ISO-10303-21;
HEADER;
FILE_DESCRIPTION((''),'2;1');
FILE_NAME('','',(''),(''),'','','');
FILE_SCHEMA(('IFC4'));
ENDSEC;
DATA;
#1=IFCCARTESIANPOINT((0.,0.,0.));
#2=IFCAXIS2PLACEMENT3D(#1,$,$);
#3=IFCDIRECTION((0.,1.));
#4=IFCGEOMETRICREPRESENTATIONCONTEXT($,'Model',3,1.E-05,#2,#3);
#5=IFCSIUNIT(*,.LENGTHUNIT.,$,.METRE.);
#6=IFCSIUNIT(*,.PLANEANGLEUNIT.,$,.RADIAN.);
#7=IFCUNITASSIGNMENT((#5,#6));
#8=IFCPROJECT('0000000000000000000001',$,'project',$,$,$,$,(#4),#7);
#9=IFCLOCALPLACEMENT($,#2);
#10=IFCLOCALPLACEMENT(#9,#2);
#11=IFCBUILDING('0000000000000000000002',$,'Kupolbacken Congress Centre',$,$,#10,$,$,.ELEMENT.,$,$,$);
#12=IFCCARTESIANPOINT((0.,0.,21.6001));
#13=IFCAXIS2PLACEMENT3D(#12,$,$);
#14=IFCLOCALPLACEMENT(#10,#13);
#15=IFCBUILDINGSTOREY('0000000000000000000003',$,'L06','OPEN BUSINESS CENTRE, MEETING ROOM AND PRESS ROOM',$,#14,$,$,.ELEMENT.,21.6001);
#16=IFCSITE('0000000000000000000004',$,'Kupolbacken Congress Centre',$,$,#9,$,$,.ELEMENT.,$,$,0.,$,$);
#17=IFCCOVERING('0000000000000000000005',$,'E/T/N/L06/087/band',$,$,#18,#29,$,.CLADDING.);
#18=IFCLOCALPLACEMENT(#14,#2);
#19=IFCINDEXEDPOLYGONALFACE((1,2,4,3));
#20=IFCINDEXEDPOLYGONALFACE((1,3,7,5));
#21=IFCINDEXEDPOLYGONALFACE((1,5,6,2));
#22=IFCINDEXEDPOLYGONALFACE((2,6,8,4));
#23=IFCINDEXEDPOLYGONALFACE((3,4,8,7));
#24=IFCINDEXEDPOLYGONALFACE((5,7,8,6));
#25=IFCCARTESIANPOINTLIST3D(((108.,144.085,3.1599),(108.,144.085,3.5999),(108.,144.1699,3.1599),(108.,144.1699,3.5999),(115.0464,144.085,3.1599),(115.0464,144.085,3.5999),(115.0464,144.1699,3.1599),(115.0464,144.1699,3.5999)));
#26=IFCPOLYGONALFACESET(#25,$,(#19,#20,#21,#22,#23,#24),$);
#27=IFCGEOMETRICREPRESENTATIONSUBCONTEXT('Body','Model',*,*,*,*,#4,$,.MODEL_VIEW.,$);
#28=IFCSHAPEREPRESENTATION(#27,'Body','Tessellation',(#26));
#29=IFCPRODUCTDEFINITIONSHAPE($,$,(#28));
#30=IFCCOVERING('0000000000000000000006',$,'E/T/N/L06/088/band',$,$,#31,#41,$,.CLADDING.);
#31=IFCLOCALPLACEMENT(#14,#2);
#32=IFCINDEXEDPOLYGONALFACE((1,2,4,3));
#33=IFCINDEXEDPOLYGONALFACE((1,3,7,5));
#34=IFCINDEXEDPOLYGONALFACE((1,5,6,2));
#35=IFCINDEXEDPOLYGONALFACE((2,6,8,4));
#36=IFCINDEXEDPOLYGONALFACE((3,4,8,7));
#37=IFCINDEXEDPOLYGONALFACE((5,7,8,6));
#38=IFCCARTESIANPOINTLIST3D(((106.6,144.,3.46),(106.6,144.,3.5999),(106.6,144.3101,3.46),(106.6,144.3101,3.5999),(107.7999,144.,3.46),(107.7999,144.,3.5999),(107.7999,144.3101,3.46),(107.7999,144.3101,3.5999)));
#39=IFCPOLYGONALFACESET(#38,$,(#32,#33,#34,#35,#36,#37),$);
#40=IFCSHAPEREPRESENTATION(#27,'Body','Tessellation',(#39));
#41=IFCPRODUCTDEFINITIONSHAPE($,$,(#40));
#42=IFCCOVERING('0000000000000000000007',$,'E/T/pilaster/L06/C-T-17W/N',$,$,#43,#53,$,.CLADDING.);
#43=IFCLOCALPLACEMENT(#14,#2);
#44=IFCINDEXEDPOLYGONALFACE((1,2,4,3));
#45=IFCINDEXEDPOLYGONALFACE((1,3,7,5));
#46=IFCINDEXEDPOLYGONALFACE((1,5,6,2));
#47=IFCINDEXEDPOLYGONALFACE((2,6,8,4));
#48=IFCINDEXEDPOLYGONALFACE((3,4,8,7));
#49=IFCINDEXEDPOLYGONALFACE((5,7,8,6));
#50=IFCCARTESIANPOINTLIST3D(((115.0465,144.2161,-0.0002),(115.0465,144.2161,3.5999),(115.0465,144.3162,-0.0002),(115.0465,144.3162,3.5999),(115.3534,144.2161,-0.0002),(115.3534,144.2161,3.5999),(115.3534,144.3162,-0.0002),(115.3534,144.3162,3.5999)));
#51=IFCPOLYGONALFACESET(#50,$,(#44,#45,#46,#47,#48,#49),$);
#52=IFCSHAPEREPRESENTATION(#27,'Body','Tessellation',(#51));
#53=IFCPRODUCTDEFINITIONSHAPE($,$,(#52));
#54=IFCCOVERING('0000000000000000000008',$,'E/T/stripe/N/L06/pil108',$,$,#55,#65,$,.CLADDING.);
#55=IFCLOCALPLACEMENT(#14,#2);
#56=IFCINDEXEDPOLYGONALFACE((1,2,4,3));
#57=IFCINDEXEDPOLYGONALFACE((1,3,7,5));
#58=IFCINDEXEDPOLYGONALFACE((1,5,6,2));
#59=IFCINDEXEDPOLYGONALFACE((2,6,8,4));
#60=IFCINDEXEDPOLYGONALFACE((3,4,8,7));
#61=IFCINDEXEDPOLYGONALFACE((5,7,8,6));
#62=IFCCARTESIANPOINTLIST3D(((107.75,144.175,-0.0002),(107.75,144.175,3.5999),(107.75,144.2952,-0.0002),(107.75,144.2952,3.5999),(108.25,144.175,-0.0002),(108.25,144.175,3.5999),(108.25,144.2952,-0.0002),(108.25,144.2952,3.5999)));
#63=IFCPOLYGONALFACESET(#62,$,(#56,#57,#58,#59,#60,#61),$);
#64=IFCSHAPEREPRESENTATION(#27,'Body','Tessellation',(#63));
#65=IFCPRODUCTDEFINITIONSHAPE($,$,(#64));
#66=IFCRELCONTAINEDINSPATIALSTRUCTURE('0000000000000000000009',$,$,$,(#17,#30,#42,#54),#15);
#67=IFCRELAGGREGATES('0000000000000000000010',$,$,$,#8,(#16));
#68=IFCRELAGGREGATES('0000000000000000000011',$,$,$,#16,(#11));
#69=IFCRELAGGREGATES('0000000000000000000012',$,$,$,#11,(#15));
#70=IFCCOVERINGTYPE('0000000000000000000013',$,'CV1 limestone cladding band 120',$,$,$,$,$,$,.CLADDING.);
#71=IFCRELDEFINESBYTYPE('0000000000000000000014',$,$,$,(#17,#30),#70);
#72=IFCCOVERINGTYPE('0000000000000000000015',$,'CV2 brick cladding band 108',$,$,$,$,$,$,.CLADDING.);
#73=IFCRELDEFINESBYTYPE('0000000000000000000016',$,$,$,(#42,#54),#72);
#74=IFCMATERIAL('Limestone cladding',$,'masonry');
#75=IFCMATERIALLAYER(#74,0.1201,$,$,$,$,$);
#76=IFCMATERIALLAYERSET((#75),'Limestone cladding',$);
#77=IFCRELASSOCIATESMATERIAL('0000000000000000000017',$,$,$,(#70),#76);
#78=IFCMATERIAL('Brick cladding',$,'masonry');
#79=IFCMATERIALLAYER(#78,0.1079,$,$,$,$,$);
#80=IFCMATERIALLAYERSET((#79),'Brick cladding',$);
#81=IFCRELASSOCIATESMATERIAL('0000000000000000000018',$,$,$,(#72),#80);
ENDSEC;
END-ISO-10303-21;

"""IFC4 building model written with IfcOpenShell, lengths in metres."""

from ifc_helpers import new_model, si_unit, direction, frame, origin, origin_2d, place, context, subcontext, project, spatial, rectangle, extrude, material, layer, layer_set, type_object, element, save


model = new_model("IFC4")

# Units and contexts
model_context = context("Model", 3, precision=1e-05, world=origin(), true_north=direction((0.0, 1.0)))
body_context = subcontext(model_context, "Body", "Model", "MODEL_VIEW")
ifc_project = project(units=[si_unit("LENGTHUNIT", "METRE"), si_unit("PLANEANGLEUNIT", "RADIAN")], contexts=[model_context])

# Site, building, storey
site_placement = place(None, origin())
site = spatial("IfcSite", under=ifc_project, at=site_placement, Name="Kupolbacken Congress Centre", CompositionType="ELEMENT", RefElevation=0.0)
building_placement = place(site_placement, origin())
building = spatial("IfcBuilding", under=site, at=building_placement, Name="Kupolbacken Congress Centre", CompositionType="ELEMENT")
storey_placement = place(building_placement, frame((0.0, 0.0, 21.6001)))
storey = spatial("IfcBuildingStorey", under=building, at=storey_placement, Name="L06", Description="OPEN BUSINESS CENTRE, MEETING ROOM AND PRESS ROOM", CompositionType="ELEMENT", Elevation=21.6001)

# Coverings
ifc_material_1 = material(Name="Limestone cladding", Category="masonry")
ifc_layer_1 = layer(ifc_material_1, 0.1201)
ifc_layer_set_1 = layer_set([ifc_layer_1], Name="Limestone cladding")
covering_type_1 = type_object("IfcCoveringType", Name="CV1 limestone cladding band 120", PredefinedType="CLADDING", material=ifc_layer_set_1)
covering_1_placement = place(storey_placement, frame((111.5232, 144.1274, 3.1599), z_axis=(0.0, 0.0, 1.0), x_axis=(-1.0, 0.0, 0.0)))
element("IfcCovering", 1, at=covering_1_placement, inside=storey, type_object=covering_type_1, Name="E/T/N/L06/087/band", PredefinedType="CLADDING", context=body_context, shape_type="SweptSolid", body=[
    extrude(rectangle(XDim=7.0464, YDim=0.085, at=origin_2d()), origin(), (0.0, 0.0, 1.0), 0.4399),
])
covering_2_placement = place(storey_placement, frame((107.2, 144.155, 3.46), z_axis=(0.0, 0.0, 1.0), x_axis=(-1.0, 0.0, 0.0)))
element("IfcCovering", 2, at=covering_2_placement, inside=storey, type_object=covering_type_1, Name="E/T/N/L06/088/band", PredefinedType="CLADDING", context=body_context, shape_type="SweptSolid", body=[
    extrude(rectangle(XDim=1.2, YDim=0.3101, at=origin_2d()), origin(), (0.0, 0.0, 1.0), 0.1399),
])
ifc_material_2 = material(Name="Brick cladding", Category="masonry")
ifc_layer_2 = layer(ifc_material_2, 0.1079)
ifc_layer_set_2 = layer_set([ifc_layer_2], Name="Brick cladding")
covering_type_2 = type_object("IfcCoveringType", Name="CV2 brick cladding band 108", PredefinedType="CLADDING", material=ifc_layer_set_2)
covering_3_placement = place(storey_placement, frame((115.2, 144.2661, -0.0002), z_axis=(0.0, 0.0, 1.0), x_axis=(1.0, 0.0, 0.0)))
element("IfcCovering", 3, at=covering_3_placement, inside=storey, type_object=covering_type_2, Name="E/T/pilaster/L06/C-T-17W/N", PredefinedType="CLADDING", context=body_context, shape_type="SweptSolid", body=[
    extrude(rectangle(XDim=0.3069, YDim=0.1001, at=origin_2d()), origin(), (0.0, 0.0, 1.0), 3.6001),
])
covering_4_placement = place(storey_placement, frame((108.0, 144.2351, -0.0002), z_axis=(0.0, 0.0, 1.0), x_axis=(1.0, 0.0, 0.0)))
element("IfcCovering", 4, at=covering_4_placement, inside=storey, type_object=covering_type_2, Name="E/T/stripe/N/L06/pil108", PredefinedType="CLADDING", context=body_context, shape_type="SweptSolid", body=[
    extrude(rectangle(XDim=0.5, YDim=0.1201, at=origin_2d()), origin(), (0.0, 0.0, 1.0), 3.6001),
])

save(model, "model.ifc")
